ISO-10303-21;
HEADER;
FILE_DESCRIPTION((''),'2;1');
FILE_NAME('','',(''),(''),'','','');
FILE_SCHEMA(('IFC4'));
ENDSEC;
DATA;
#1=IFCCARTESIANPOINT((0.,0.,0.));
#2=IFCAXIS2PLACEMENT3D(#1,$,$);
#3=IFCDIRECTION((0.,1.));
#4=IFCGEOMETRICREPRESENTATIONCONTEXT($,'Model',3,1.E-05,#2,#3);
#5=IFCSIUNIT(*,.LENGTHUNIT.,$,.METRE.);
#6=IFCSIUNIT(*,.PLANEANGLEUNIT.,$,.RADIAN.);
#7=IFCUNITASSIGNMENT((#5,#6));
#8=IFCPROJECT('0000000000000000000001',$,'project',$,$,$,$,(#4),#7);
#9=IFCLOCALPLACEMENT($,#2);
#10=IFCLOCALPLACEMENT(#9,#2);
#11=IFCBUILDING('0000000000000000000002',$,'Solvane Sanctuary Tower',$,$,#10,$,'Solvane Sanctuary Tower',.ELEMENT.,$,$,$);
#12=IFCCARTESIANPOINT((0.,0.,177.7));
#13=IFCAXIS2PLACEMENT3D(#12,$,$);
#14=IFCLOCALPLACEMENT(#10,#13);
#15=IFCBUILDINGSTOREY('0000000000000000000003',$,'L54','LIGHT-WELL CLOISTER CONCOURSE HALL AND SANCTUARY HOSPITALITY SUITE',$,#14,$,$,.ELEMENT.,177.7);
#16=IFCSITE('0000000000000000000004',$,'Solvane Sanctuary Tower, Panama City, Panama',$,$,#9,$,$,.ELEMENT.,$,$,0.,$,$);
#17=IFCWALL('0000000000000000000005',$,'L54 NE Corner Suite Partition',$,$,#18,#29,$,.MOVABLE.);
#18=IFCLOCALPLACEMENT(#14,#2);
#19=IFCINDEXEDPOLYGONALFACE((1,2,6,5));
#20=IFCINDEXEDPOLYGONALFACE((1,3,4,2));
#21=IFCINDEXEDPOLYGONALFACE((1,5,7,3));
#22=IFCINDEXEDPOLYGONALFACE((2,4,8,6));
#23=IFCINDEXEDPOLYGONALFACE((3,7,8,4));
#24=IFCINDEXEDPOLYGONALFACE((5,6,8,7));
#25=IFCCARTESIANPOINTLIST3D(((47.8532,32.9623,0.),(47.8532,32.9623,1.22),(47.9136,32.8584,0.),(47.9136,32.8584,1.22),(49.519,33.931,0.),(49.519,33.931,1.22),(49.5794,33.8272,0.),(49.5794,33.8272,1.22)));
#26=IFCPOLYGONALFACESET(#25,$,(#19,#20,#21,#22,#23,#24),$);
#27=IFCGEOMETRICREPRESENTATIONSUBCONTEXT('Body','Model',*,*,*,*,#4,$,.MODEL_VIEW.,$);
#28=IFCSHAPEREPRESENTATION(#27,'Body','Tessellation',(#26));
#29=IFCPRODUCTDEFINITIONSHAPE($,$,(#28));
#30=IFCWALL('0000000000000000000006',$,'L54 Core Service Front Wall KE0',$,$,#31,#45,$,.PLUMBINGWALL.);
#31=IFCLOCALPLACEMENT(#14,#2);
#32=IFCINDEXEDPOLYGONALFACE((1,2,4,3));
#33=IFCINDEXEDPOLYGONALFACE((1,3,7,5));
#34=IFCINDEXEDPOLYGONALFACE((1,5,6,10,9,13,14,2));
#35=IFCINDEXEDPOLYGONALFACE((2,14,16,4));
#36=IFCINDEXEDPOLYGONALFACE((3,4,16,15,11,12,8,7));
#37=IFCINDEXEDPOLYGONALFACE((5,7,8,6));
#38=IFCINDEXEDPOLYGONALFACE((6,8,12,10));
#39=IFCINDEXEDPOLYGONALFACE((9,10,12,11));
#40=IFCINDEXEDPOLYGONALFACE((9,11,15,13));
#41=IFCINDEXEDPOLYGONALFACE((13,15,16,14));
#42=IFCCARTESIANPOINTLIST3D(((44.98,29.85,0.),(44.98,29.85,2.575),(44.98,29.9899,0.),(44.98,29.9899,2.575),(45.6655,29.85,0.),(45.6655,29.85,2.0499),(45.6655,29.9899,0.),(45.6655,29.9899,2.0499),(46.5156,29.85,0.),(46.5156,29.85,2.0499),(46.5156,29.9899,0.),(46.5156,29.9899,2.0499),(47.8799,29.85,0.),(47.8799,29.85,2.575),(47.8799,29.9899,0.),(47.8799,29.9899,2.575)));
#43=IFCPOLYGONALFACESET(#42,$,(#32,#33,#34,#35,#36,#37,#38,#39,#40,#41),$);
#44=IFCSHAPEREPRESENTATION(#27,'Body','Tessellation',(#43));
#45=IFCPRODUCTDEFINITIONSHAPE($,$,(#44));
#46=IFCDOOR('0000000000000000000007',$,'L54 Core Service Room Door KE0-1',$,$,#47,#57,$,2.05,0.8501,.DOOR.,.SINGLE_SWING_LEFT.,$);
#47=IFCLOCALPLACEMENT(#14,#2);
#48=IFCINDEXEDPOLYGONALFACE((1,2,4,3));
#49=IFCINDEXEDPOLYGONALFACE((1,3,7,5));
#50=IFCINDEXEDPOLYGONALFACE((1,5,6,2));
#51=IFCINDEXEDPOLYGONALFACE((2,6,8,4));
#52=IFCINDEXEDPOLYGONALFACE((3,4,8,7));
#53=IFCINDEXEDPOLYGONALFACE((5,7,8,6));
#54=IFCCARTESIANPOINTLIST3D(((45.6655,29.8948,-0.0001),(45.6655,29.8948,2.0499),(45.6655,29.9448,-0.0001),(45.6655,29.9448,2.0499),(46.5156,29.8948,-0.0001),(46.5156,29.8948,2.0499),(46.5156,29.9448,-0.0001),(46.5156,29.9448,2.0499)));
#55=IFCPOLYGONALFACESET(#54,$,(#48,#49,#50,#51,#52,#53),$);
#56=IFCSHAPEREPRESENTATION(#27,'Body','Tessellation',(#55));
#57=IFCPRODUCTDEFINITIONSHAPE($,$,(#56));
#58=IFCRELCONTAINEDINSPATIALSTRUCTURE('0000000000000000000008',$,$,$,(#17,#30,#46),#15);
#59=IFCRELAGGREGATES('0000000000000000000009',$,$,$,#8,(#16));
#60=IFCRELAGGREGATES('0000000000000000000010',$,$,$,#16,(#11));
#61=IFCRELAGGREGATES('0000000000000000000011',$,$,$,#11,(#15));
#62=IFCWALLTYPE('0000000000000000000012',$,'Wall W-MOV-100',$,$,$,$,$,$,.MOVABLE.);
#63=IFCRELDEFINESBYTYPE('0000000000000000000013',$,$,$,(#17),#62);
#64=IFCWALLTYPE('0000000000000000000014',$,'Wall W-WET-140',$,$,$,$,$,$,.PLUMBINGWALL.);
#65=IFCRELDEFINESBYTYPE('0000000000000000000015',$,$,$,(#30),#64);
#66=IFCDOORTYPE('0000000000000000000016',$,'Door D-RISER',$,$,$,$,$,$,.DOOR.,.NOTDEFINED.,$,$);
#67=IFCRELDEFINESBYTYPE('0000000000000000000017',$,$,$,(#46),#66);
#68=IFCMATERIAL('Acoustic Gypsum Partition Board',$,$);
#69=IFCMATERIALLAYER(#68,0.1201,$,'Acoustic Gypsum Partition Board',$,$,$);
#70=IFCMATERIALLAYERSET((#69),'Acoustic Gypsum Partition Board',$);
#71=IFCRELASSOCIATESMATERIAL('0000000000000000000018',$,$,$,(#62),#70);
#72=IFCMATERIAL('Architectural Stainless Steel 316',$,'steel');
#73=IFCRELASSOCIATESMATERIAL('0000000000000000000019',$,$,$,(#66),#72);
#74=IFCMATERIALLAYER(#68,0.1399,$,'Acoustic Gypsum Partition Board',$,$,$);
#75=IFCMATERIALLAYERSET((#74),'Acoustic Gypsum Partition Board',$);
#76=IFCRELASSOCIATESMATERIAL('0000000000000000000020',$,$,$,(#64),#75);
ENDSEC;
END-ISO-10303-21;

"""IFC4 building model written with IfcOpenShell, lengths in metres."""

from ifc_helpers import new_model, si_unit, direction, frame, frame_2d, origin, place, context, subcontext, project, spatial, rectangle, extrude, material, layer, layer_set, type_object, element, fill, save


model = new_model("IFC4")

# Units and contexts
model_context = context("Model", 3, precision=1e-05, world=origin(), true_north=direction((0.0, 1.0)))
body_context = subcontext(model_context, "Body", "Model", "MODEL_VIEW")
ifc_project = project(units=[si_unit("LENGTHUNIT", "METRE"), si_unit("PLANEANGLEUNIT", "RADIAN")], contexts=[model_context])

# Site, building, storey
site_placement = place(None, origin())
site = spatial("IfcSite", under=ifc_project, at=site_placement, Name="Solvane Sanctuary Tower, Panama City, Panama", CompositionType="ELEMENT", RefElevation=0.0)
building_placement = place(site_placement, origin())
building = spatial("IfcBuilding", under=site, at=building_placement, Name="Solvane Sanctuary Tower", LongName="Solvane Sanctuary Tower", CompositionType="ELEMENT")
storey_placement = place(building_placement, frame((0.0, 0.0, 177.7)))
storey = spatial("IfcBuildingStorey", under=building, at=storey_placement, Name="L54", Description="LIGHT-WELL CLOISTER CONCOURSE HALL AND SANCTUARY HOSPITALITY SUITE", CompositionType="ELEMENT", Elevation=177.7)

# Shared definitions
ifc_material_1 = material(Name="Acoustic Gypsum Partition Board")

# Shared definitions
ifc_layer_1 = layer(ifc_material_1, 0.1201, Name="Acoustic Gypsum Partition Board")
ifc_layer_set_1 = layer_set([ifc_layer_1], Name="Acoustic Gypsum Partition Board")
wall_type_1 = type_object("IfcWallType", Name="Wall W-MOV-100", PredefinedType="MOVABLE", material=ifc_layer_set_1)
ifc_material_2 = material(Name="Architectural Stainless Steel 316", Category="steel")
door_type_1 = type_object("IfcDoorType", Name="Door D-RISER", OperationType="NOTDEFINED", PredefinedType="DOOR", material=ifc_material_2)

# Wall
wall_1_placement = place(storey_placement, frame((47.8835, 32.9104, 0.0), z_axis=(0.0, 0.0, 1.0), x_axis=(0.864444, 0.502728, 0.0)))
element("IfcWall", 1, at=wall_1_placement, inside=storey, type_object=wall_type_1, Name="L54 NE Corner Suite Partition", PredefinedType="MOVABLE", context=body_context, shape_type="SweptSolid", body=[
    extrude(rectangle(XDim=1.927, YDim=0.1201, at=frame_2d((0.9634, 0.0))), origin(), (0.0, 0.0, 1.0), 1.22),
])

# Wall, opening, door
ifc_layer_2 = layer(ifc_material_1, 0.1399, Name="Acoustic Gypsum Partition Board")
ifc_layer_set_2 = layer_set([ifc_layer_2], Name="Acoustic Gypsum Partition Board")
wall_type_2 = type_object("IfcWallType", Name="Wall W-WET-140", PredefinedType="PLUMBINGWALL", material=ifc_layer_set_2)
wall_2_placement = place(storey_placement, frame((44.98, 29.9199, 0.0), z_axis=(0.0, 0.0, 1.0), x_axis=(1.0, 0.0, 0.0)))
wall_2 = element("IfcWall", 2, at=wall_2_placement, inside=storey, type_object=wall_type_2, Name="L54 Core Service Front Wall KE0", PredefinedType="PLUMBINGWALL", context=body_context, shape_type="SweptSolid", body=[
    extrude(rectangle(XDim=2.8999, YDim=0.1399, at=frame_2d((1.45, 0.0))), origin(), (0.0, 0.0, 1.0), 2.575),
])
opening_1_placement = place(wall_2_placement, frame((0.6855, 0.0, 0.0)))
opening_1 = element("IfcOpeningElement", 3, at=opening_1_placement, cuts=wall_2, PredefinedType="OPENING", context=body_context, shape_type="SweptSolid", body=[
    extrude(rectangle(XDim=0.8501, YDim=2.05, at=frame_2d((0.425, 1.0249))), frame((0.0, 0.0798, 0.0), z_axis=(0.0, -1.0, 0.0), x_axis=(1.0, 0.0, 0.0)), (0.0, 0.0, 1.0), 0.1599),
])
door_1_placement = place(opening_1_placement, origin())
door_1 = element("IfcDoor", 4, at=door_1_placement, inside=storey, type_object=door_type_1, Name="L54 Core Service Room Door KE0-1", OperationType="SINGLE_SWING_LEFT", OverallHeight=2.05, OverallWidth=0.8501, PredefinedType="DOOR", context=body_context, shape_type="SweptSolid", body=[
    extrude(rectangle(XDim=0.8501, YDim=2.05, at=frame_2d((0.425, 1.0249))), frame((0.0, 0.0249, 0.0), z_axis=(0.0, -1.0, 0.0), x_axis=(1.0, 0.0, 0.0)), (0.0, 0.0, 1.0), 0.05),
])
fill(opening_1, door_1)

save(model, "model.ifc")
